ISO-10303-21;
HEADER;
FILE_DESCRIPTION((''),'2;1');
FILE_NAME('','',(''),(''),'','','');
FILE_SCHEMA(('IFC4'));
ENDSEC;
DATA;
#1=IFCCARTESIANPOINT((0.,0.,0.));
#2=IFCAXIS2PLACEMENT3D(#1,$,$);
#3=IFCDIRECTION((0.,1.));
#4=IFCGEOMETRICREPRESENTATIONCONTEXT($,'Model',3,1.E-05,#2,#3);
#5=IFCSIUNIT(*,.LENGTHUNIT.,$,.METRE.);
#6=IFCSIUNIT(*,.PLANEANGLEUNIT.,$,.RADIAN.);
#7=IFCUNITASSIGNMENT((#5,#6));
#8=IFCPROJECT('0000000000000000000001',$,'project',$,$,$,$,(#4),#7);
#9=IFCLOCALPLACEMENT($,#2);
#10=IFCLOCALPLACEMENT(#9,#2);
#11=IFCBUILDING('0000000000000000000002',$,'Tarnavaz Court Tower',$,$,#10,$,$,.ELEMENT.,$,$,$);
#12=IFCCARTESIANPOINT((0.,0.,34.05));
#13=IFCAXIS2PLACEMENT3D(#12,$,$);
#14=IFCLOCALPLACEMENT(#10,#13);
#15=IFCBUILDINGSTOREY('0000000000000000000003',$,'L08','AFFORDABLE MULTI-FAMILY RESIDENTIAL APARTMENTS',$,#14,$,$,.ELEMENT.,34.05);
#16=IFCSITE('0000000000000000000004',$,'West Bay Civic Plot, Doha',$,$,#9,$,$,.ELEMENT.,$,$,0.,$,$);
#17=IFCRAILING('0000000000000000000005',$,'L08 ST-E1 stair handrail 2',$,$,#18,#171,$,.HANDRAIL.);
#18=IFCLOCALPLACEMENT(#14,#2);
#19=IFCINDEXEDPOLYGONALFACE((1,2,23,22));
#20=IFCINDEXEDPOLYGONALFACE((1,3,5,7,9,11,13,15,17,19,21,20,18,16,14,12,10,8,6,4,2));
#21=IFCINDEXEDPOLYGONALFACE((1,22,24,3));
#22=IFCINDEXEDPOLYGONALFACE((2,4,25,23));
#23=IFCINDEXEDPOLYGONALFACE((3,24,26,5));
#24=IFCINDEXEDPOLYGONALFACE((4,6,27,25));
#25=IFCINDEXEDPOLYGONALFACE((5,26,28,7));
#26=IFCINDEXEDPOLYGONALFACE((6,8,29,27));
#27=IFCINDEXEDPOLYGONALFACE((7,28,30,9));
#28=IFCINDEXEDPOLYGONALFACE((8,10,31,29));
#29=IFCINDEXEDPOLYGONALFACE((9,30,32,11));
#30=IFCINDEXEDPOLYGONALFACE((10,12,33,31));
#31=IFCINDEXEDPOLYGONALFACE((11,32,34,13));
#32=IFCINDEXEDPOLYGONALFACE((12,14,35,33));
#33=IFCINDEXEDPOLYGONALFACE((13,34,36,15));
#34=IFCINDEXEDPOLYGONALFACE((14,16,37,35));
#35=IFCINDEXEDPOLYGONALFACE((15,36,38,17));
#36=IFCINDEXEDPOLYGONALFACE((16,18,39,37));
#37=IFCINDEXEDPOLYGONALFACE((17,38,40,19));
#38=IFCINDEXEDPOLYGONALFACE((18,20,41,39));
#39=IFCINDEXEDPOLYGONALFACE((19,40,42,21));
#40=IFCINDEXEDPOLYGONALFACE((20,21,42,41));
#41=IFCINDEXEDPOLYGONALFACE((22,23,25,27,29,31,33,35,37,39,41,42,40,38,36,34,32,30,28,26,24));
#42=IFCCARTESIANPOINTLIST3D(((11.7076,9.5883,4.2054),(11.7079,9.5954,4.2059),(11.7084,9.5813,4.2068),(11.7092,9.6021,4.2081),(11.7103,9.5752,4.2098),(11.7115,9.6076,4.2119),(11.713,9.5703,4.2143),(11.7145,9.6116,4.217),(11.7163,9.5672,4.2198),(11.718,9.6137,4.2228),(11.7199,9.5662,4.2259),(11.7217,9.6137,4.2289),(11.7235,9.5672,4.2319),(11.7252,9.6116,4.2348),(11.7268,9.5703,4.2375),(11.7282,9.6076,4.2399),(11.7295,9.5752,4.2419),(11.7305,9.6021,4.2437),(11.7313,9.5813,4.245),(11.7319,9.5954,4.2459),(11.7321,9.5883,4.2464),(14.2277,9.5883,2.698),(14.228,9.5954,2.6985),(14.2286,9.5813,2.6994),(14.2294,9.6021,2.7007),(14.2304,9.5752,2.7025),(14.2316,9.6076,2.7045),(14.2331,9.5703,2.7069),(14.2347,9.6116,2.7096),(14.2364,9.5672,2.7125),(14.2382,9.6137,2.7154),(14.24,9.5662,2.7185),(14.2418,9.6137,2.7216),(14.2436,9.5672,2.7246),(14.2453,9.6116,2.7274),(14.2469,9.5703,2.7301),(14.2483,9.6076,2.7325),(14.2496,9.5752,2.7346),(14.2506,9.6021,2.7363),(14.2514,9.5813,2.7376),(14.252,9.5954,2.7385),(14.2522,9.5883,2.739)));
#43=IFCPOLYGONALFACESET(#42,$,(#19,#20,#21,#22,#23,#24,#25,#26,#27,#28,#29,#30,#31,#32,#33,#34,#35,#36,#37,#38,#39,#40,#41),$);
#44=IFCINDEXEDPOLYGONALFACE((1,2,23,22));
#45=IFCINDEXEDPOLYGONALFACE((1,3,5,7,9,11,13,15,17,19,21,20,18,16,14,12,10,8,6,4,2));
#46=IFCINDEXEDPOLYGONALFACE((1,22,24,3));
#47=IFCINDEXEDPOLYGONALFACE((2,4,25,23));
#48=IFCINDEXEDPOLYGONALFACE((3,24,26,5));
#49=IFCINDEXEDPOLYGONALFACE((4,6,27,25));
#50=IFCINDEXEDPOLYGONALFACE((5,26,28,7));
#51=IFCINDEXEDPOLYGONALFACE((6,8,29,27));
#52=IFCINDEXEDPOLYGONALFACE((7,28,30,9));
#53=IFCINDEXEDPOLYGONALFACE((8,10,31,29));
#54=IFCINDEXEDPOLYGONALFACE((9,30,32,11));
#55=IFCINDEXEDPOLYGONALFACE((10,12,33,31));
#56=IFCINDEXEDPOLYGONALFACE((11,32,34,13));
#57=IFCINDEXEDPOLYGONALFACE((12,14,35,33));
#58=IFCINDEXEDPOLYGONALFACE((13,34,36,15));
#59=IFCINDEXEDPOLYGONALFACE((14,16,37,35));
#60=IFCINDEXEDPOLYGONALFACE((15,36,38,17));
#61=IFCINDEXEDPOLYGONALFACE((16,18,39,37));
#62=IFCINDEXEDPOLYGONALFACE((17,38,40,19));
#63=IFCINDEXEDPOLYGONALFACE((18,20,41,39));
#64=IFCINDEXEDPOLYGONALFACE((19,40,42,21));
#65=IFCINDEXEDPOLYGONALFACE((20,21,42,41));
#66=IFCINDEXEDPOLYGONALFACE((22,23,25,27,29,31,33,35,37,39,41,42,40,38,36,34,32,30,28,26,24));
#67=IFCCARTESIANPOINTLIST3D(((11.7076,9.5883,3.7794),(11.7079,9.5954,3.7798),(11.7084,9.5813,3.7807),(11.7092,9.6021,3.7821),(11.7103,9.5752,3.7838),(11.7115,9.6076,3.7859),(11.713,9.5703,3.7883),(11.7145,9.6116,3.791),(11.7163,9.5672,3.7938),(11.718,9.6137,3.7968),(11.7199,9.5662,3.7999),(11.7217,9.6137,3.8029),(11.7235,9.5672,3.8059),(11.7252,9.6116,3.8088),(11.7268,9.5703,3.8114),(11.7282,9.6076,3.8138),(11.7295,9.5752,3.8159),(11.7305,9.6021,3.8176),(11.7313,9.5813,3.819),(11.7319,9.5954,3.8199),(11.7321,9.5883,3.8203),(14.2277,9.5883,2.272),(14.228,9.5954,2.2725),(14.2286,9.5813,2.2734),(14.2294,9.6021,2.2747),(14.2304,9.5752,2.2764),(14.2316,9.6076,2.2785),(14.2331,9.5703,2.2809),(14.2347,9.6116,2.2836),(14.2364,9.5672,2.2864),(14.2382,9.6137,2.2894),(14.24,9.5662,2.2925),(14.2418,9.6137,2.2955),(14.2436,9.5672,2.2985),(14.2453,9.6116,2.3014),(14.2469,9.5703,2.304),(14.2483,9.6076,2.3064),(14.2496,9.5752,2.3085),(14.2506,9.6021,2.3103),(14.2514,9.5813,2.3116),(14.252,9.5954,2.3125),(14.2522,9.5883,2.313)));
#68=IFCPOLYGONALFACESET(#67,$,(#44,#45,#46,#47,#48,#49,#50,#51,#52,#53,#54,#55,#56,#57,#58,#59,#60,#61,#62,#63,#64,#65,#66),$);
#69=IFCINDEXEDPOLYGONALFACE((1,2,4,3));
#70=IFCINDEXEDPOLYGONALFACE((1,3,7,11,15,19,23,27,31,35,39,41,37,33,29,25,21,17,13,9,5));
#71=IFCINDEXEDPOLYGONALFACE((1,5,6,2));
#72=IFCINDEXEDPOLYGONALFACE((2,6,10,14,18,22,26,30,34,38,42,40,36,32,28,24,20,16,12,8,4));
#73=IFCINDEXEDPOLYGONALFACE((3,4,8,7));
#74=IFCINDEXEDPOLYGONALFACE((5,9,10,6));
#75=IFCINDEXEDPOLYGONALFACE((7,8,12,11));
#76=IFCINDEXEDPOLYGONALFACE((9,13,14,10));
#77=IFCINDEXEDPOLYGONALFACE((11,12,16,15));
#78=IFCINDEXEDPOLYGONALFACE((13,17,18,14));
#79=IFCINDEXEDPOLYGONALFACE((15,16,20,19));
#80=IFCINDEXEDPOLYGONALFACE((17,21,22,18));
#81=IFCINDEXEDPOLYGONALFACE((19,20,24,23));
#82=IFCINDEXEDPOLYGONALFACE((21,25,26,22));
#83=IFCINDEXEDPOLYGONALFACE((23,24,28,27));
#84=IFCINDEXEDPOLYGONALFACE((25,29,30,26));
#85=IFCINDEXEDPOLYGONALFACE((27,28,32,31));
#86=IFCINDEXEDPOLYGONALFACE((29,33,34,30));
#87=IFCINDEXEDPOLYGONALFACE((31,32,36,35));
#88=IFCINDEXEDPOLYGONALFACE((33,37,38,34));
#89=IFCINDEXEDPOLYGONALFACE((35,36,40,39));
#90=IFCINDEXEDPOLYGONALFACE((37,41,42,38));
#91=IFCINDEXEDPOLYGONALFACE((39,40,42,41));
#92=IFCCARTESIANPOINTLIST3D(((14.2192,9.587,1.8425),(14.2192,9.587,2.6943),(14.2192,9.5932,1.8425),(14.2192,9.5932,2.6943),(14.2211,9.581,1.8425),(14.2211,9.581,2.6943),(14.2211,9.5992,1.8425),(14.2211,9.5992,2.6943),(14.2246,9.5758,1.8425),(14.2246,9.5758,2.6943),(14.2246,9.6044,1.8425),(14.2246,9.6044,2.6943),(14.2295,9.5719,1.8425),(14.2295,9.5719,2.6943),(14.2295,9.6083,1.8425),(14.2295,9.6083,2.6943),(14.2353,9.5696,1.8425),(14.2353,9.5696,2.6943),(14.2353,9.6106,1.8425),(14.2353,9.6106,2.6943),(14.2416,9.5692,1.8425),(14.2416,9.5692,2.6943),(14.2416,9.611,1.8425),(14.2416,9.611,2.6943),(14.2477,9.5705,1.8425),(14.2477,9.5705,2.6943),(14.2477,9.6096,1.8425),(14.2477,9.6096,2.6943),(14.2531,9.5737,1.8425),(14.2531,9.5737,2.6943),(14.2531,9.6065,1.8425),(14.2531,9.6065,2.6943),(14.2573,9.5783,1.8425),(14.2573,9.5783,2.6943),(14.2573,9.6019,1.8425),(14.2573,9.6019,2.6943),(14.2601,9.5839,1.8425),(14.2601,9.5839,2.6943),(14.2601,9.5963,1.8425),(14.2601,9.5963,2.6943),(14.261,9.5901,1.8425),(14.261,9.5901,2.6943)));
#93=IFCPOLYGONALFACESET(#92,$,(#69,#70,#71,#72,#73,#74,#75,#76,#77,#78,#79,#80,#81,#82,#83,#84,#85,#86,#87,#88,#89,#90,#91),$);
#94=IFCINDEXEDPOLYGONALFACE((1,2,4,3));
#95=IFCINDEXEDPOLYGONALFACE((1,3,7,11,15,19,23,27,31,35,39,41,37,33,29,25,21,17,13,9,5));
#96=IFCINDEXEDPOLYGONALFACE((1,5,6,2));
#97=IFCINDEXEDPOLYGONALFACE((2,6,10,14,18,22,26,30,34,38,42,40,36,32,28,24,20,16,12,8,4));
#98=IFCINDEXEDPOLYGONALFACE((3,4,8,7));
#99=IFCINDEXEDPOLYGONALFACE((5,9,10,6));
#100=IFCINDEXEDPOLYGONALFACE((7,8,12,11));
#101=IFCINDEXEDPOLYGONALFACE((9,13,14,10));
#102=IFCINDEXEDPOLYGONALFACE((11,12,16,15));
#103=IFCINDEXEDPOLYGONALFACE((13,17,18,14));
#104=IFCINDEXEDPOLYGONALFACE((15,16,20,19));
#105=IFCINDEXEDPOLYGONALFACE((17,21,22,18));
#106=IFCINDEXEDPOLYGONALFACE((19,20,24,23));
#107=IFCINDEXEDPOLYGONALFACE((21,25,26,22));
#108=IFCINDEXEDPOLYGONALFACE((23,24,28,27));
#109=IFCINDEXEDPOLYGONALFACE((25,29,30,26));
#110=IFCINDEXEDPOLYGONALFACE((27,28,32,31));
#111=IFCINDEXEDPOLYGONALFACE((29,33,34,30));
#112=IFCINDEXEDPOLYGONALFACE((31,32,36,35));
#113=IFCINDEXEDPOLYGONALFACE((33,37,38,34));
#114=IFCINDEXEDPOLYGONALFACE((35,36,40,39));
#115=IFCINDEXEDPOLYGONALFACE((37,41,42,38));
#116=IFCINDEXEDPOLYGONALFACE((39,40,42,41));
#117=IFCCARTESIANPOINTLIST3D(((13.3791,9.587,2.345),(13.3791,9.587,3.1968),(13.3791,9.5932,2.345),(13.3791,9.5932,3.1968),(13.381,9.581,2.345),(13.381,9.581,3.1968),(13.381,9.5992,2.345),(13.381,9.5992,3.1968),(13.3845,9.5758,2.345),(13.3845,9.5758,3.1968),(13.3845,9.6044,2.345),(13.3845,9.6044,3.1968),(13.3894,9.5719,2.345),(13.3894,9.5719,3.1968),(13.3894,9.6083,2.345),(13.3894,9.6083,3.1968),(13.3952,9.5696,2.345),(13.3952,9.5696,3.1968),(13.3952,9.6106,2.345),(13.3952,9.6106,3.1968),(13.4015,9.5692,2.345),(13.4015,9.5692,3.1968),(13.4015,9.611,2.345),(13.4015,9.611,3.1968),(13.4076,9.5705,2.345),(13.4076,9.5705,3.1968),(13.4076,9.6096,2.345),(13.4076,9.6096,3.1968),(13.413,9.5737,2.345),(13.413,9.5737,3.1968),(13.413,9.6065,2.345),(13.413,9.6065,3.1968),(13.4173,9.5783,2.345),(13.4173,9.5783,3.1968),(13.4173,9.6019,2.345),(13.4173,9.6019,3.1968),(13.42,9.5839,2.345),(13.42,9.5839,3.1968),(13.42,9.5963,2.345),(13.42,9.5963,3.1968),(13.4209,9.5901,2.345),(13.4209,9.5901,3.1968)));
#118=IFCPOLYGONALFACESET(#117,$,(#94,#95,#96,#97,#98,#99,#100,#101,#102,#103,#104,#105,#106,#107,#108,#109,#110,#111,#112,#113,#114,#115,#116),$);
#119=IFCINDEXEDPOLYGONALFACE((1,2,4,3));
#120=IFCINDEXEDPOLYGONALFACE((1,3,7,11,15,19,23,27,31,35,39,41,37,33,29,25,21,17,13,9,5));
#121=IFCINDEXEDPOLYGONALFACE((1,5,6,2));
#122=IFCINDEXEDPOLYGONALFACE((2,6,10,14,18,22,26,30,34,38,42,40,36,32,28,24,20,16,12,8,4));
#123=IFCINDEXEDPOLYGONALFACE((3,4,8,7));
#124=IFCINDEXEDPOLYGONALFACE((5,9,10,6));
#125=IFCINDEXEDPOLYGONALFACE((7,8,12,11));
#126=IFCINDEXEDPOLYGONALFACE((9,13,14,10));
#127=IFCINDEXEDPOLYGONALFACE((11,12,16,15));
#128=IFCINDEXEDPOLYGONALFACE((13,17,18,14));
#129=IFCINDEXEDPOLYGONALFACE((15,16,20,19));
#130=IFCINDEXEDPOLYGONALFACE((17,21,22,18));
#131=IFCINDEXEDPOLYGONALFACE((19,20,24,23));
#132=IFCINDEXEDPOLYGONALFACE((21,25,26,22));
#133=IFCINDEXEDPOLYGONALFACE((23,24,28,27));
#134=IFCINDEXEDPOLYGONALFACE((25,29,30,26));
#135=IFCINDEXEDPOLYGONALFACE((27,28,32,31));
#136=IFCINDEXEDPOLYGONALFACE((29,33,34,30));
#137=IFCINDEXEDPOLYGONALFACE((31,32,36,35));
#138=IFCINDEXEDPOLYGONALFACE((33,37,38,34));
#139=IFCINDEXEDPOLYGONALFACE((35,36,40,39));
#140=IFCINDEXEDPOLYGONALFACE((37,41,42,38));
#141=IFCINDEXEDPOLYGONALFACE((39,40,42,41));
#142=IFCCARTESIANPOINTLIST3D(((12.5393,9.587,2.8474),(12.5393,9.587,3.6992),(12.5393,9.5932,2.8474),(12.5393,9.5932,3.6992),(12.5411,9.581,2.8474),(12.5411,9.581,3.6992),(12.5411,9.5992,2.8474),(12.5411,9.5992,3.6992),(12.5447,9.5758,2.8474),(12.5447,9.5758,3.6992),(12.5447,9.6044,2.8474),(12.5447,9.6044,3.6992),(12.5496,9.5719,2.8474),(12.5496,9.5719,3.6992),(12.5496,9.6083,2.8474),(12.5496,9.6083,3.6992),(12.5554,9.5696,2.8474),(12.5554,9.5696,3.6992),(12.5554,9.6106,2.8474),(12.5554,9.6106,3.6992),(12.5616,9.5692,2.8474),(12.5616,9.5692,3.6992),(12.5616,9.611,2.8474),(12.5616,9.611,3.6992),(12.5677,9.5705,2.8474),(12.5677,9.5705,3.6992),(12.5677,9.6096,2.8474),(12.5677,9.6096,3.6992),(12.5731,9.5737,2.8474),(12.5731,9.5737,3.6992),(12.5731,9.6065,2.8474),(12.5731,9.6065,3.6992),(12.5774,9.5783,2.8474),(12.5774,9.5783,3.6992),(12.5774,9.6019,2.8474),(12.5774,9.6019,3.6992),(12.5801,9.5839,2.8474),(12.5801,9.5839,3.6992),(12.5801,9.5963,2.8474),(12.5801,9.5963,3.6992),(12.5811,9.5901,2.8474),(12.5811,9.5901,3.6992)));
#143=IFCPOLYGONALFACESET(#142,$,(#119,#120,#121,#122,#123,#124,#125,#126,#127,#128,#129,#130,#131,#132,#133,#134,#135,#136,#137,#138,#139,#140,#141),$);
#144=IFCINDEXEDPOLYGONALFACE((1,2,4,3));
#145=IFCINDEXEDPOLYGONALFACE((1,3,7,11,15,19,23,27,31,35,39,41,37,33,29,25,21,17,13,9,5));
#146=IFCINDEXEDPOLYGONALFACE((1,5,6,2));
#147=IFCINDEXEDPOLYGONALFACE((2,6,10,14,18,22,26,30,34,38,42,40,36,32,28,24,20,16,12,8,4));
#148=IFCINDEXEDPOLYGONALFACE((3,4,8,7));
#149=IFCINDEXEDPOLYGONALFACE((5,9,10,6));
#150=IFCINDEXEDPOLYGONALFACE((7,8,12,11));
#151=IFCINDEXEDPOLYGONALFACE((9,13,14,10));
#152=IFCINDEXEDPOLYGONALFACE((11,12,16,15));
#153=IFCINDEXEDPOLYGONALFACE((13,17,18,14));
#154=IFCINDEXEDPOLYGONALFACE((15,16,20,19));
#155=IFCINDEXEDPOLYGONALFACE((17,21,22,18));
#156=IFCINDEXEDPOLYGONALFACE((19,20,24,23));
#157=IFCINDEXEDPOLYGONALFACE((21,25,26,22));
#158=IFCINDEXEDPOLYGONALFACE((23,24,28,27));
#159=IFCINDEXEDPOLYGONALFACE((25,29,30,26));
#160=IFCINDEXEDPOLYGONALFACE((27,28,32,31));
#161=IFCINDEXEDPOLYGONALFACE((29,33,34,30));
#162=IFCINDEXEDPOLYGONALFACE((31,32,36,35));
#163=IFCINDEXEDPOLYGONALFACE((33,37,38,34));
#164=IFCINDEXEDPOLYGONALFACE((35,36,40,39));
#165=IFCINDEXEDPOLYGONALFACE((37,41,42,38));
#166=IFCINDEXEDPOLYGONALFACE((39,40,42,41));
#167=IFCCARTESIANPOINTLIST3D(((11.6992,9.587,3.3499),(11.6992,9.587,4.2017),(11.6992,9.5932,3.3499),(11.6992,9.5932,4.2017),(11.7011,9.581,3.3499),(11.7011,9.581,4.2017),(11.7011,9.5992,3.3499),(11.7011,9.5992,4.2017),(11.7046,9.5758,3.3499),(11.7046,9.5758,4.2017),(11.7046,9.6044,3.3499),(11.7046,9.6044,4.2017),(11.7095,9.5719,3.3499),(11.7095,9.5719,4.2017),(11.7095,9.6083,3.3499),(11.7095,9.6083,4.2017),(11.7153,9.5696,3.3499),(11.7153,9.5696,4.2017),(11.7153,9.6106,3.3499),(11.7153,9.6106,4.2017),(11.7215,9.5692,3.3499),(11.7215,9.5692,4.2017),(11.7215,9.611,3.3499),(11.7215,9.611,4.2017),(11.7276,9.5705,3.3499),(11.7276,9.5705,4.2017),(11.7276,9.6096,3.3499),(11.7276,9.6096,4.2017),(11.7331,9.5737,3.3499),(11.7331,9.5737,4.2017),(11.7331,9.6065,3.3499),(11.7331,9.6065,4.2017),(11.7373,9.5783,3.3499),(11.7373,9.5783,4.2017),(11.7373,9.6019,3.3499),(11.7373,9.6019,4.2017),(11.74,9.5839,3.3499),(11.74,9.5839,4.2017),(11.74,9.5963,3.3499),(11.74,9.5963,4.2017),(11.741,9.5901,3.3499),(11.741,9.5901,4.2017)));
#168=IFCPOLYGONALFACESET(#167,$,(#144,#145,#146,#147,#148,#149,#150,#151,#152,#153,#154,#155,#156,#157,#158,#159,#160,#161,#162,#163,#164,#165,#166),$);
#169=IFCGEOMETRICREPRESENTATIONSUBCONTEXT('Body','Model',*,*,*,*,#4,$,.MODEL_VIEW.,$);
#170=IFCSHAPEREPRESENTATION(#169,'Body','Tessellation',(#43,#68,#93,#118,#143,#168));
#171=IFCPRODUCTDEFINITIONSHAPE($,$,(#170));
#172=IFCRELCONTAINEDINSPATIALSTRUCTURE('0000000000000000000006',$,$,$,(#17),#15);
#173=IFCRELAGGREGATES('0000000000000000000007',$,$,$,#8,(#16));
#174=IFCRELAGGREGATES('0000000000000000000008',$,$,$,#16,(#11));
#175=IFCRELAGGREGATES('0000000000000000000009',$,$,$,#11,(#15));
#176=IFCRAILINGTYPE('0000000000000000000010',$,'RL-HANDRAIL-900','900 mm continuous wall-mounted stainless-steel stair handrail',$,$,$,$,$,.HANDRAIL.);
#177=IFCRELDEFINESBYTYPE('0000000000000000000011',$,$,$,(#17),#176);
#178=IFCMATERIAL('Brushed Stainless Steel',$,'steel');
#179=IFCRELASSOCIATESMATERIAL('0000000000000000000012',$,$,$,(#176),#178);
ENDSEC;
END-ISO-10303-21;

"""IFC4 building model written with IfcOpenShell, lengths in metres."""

from ifc_helpers import new_model, si_unit, direction, frame, origin, origin_2d, place, context, subcontext, project, spatial, circle, extrude, material, type_object, element, save


model = new_model("IFC4")

# Units and contexts
model_context = context("Model", 3, precision=1e-05, world=origin(), true_north=direction((0.0, 1.0)))
body_context = subcontext(model_context, "Body", "Model", "MODEL_VIEW")
ifc_project = project(units=[si_unit("LENGTHUNIT", "METRE"), si_unit("PLANEANGLEUNIT", "RADIAN")], contexts=[model_context])

# Site, building, storey
site_placement = place(None, origin())
site = spatial("IfcSite", under=ifc_project, at=site_placement, Name="West Bay Civic Plot, Doha", CompositionType="ELEMENT", RefElevation=0.0)
building_placement = place(site_placement, origin())
building = spatial("IfcBuilding", under=site, at=building_placement, Name="Tarnavaz Court Tower", CompositionType="ELEMENT")
storey_placement = place(building_placement, frame((0.0, 0.0, 34.05)))
storey = spatial("IfcBuildingStorey", under=building, at=storey_placement, Name="L08", Description="AFFORDABLE MULTI-FAMILY RESIDENTIAL APARTMENTS", CompositionType="ELEMENT", Elevation=34.05)

# Railing
ifc_material_1 = material(Name="Brushed Stainless Steel", Category="steel")
railing_type_1 = type_object("IfcRailingType", Name="RL-HANDRAIL-900", Description="900 mm continuous wall-mounted stainless-steel stair handrail", PredefinedType="HANDRAIL", material=ifc_material_1)
railing_1_placement = place(storey_placement, frame((14.24, 9.5901, 1.8425)))
element("IfcRailing", 1, at=railing_1_placement, inside=storey, type_object=railing_type_1, Name="L08 ST-E1 stair handrail 2", PredefinedType="HANDRAIL", context=body_context, shape_type="SweptSolid", body=[
    extrude(circle(Radius=0.0239, at=origin_2d()), frame((0.0, 0.0, 0.876), z_axis=(-0.858196, 0.0, 0.513321), x_axis=(0.0, -1.0, 0.0)), (0.0, 0.0, 1.0), 2.9365),
    extrude(circle(Radius=0.0239, at=origin_2d()), frame((0.0, 0.0, 0.45), z_axis=(-0.858196, 0.0, 0.513321), x_axis=(0.0, -1.0, 0.0)), (0.0, 0.0, 1.0), 2.9365),
    extrude(circle(Radius=0.021, at=origin_2d()), origin(), (0.0, 0.0, 1.0), 0.8518),
    extrude(circle(Radius=0.021, at=origin_2d()), frame((-0.8401, 0.0, 0.5024)), (0.0, 0.0, 1.0), 0.8518),
    extrude(circle(Radius=0.021, at=origin_2d()), frame((-1.6799, 0.0, 1.0049)), (0.0, 0.0, 1.0), 0.8518),
    extrude(circle(Radius=0.021, at=origin_2d()), frame((-2.52, 0.0, 1.5073)), (0.0, 0.0, 1.0), 0.8518),
])

save(model, "model.ifc")
